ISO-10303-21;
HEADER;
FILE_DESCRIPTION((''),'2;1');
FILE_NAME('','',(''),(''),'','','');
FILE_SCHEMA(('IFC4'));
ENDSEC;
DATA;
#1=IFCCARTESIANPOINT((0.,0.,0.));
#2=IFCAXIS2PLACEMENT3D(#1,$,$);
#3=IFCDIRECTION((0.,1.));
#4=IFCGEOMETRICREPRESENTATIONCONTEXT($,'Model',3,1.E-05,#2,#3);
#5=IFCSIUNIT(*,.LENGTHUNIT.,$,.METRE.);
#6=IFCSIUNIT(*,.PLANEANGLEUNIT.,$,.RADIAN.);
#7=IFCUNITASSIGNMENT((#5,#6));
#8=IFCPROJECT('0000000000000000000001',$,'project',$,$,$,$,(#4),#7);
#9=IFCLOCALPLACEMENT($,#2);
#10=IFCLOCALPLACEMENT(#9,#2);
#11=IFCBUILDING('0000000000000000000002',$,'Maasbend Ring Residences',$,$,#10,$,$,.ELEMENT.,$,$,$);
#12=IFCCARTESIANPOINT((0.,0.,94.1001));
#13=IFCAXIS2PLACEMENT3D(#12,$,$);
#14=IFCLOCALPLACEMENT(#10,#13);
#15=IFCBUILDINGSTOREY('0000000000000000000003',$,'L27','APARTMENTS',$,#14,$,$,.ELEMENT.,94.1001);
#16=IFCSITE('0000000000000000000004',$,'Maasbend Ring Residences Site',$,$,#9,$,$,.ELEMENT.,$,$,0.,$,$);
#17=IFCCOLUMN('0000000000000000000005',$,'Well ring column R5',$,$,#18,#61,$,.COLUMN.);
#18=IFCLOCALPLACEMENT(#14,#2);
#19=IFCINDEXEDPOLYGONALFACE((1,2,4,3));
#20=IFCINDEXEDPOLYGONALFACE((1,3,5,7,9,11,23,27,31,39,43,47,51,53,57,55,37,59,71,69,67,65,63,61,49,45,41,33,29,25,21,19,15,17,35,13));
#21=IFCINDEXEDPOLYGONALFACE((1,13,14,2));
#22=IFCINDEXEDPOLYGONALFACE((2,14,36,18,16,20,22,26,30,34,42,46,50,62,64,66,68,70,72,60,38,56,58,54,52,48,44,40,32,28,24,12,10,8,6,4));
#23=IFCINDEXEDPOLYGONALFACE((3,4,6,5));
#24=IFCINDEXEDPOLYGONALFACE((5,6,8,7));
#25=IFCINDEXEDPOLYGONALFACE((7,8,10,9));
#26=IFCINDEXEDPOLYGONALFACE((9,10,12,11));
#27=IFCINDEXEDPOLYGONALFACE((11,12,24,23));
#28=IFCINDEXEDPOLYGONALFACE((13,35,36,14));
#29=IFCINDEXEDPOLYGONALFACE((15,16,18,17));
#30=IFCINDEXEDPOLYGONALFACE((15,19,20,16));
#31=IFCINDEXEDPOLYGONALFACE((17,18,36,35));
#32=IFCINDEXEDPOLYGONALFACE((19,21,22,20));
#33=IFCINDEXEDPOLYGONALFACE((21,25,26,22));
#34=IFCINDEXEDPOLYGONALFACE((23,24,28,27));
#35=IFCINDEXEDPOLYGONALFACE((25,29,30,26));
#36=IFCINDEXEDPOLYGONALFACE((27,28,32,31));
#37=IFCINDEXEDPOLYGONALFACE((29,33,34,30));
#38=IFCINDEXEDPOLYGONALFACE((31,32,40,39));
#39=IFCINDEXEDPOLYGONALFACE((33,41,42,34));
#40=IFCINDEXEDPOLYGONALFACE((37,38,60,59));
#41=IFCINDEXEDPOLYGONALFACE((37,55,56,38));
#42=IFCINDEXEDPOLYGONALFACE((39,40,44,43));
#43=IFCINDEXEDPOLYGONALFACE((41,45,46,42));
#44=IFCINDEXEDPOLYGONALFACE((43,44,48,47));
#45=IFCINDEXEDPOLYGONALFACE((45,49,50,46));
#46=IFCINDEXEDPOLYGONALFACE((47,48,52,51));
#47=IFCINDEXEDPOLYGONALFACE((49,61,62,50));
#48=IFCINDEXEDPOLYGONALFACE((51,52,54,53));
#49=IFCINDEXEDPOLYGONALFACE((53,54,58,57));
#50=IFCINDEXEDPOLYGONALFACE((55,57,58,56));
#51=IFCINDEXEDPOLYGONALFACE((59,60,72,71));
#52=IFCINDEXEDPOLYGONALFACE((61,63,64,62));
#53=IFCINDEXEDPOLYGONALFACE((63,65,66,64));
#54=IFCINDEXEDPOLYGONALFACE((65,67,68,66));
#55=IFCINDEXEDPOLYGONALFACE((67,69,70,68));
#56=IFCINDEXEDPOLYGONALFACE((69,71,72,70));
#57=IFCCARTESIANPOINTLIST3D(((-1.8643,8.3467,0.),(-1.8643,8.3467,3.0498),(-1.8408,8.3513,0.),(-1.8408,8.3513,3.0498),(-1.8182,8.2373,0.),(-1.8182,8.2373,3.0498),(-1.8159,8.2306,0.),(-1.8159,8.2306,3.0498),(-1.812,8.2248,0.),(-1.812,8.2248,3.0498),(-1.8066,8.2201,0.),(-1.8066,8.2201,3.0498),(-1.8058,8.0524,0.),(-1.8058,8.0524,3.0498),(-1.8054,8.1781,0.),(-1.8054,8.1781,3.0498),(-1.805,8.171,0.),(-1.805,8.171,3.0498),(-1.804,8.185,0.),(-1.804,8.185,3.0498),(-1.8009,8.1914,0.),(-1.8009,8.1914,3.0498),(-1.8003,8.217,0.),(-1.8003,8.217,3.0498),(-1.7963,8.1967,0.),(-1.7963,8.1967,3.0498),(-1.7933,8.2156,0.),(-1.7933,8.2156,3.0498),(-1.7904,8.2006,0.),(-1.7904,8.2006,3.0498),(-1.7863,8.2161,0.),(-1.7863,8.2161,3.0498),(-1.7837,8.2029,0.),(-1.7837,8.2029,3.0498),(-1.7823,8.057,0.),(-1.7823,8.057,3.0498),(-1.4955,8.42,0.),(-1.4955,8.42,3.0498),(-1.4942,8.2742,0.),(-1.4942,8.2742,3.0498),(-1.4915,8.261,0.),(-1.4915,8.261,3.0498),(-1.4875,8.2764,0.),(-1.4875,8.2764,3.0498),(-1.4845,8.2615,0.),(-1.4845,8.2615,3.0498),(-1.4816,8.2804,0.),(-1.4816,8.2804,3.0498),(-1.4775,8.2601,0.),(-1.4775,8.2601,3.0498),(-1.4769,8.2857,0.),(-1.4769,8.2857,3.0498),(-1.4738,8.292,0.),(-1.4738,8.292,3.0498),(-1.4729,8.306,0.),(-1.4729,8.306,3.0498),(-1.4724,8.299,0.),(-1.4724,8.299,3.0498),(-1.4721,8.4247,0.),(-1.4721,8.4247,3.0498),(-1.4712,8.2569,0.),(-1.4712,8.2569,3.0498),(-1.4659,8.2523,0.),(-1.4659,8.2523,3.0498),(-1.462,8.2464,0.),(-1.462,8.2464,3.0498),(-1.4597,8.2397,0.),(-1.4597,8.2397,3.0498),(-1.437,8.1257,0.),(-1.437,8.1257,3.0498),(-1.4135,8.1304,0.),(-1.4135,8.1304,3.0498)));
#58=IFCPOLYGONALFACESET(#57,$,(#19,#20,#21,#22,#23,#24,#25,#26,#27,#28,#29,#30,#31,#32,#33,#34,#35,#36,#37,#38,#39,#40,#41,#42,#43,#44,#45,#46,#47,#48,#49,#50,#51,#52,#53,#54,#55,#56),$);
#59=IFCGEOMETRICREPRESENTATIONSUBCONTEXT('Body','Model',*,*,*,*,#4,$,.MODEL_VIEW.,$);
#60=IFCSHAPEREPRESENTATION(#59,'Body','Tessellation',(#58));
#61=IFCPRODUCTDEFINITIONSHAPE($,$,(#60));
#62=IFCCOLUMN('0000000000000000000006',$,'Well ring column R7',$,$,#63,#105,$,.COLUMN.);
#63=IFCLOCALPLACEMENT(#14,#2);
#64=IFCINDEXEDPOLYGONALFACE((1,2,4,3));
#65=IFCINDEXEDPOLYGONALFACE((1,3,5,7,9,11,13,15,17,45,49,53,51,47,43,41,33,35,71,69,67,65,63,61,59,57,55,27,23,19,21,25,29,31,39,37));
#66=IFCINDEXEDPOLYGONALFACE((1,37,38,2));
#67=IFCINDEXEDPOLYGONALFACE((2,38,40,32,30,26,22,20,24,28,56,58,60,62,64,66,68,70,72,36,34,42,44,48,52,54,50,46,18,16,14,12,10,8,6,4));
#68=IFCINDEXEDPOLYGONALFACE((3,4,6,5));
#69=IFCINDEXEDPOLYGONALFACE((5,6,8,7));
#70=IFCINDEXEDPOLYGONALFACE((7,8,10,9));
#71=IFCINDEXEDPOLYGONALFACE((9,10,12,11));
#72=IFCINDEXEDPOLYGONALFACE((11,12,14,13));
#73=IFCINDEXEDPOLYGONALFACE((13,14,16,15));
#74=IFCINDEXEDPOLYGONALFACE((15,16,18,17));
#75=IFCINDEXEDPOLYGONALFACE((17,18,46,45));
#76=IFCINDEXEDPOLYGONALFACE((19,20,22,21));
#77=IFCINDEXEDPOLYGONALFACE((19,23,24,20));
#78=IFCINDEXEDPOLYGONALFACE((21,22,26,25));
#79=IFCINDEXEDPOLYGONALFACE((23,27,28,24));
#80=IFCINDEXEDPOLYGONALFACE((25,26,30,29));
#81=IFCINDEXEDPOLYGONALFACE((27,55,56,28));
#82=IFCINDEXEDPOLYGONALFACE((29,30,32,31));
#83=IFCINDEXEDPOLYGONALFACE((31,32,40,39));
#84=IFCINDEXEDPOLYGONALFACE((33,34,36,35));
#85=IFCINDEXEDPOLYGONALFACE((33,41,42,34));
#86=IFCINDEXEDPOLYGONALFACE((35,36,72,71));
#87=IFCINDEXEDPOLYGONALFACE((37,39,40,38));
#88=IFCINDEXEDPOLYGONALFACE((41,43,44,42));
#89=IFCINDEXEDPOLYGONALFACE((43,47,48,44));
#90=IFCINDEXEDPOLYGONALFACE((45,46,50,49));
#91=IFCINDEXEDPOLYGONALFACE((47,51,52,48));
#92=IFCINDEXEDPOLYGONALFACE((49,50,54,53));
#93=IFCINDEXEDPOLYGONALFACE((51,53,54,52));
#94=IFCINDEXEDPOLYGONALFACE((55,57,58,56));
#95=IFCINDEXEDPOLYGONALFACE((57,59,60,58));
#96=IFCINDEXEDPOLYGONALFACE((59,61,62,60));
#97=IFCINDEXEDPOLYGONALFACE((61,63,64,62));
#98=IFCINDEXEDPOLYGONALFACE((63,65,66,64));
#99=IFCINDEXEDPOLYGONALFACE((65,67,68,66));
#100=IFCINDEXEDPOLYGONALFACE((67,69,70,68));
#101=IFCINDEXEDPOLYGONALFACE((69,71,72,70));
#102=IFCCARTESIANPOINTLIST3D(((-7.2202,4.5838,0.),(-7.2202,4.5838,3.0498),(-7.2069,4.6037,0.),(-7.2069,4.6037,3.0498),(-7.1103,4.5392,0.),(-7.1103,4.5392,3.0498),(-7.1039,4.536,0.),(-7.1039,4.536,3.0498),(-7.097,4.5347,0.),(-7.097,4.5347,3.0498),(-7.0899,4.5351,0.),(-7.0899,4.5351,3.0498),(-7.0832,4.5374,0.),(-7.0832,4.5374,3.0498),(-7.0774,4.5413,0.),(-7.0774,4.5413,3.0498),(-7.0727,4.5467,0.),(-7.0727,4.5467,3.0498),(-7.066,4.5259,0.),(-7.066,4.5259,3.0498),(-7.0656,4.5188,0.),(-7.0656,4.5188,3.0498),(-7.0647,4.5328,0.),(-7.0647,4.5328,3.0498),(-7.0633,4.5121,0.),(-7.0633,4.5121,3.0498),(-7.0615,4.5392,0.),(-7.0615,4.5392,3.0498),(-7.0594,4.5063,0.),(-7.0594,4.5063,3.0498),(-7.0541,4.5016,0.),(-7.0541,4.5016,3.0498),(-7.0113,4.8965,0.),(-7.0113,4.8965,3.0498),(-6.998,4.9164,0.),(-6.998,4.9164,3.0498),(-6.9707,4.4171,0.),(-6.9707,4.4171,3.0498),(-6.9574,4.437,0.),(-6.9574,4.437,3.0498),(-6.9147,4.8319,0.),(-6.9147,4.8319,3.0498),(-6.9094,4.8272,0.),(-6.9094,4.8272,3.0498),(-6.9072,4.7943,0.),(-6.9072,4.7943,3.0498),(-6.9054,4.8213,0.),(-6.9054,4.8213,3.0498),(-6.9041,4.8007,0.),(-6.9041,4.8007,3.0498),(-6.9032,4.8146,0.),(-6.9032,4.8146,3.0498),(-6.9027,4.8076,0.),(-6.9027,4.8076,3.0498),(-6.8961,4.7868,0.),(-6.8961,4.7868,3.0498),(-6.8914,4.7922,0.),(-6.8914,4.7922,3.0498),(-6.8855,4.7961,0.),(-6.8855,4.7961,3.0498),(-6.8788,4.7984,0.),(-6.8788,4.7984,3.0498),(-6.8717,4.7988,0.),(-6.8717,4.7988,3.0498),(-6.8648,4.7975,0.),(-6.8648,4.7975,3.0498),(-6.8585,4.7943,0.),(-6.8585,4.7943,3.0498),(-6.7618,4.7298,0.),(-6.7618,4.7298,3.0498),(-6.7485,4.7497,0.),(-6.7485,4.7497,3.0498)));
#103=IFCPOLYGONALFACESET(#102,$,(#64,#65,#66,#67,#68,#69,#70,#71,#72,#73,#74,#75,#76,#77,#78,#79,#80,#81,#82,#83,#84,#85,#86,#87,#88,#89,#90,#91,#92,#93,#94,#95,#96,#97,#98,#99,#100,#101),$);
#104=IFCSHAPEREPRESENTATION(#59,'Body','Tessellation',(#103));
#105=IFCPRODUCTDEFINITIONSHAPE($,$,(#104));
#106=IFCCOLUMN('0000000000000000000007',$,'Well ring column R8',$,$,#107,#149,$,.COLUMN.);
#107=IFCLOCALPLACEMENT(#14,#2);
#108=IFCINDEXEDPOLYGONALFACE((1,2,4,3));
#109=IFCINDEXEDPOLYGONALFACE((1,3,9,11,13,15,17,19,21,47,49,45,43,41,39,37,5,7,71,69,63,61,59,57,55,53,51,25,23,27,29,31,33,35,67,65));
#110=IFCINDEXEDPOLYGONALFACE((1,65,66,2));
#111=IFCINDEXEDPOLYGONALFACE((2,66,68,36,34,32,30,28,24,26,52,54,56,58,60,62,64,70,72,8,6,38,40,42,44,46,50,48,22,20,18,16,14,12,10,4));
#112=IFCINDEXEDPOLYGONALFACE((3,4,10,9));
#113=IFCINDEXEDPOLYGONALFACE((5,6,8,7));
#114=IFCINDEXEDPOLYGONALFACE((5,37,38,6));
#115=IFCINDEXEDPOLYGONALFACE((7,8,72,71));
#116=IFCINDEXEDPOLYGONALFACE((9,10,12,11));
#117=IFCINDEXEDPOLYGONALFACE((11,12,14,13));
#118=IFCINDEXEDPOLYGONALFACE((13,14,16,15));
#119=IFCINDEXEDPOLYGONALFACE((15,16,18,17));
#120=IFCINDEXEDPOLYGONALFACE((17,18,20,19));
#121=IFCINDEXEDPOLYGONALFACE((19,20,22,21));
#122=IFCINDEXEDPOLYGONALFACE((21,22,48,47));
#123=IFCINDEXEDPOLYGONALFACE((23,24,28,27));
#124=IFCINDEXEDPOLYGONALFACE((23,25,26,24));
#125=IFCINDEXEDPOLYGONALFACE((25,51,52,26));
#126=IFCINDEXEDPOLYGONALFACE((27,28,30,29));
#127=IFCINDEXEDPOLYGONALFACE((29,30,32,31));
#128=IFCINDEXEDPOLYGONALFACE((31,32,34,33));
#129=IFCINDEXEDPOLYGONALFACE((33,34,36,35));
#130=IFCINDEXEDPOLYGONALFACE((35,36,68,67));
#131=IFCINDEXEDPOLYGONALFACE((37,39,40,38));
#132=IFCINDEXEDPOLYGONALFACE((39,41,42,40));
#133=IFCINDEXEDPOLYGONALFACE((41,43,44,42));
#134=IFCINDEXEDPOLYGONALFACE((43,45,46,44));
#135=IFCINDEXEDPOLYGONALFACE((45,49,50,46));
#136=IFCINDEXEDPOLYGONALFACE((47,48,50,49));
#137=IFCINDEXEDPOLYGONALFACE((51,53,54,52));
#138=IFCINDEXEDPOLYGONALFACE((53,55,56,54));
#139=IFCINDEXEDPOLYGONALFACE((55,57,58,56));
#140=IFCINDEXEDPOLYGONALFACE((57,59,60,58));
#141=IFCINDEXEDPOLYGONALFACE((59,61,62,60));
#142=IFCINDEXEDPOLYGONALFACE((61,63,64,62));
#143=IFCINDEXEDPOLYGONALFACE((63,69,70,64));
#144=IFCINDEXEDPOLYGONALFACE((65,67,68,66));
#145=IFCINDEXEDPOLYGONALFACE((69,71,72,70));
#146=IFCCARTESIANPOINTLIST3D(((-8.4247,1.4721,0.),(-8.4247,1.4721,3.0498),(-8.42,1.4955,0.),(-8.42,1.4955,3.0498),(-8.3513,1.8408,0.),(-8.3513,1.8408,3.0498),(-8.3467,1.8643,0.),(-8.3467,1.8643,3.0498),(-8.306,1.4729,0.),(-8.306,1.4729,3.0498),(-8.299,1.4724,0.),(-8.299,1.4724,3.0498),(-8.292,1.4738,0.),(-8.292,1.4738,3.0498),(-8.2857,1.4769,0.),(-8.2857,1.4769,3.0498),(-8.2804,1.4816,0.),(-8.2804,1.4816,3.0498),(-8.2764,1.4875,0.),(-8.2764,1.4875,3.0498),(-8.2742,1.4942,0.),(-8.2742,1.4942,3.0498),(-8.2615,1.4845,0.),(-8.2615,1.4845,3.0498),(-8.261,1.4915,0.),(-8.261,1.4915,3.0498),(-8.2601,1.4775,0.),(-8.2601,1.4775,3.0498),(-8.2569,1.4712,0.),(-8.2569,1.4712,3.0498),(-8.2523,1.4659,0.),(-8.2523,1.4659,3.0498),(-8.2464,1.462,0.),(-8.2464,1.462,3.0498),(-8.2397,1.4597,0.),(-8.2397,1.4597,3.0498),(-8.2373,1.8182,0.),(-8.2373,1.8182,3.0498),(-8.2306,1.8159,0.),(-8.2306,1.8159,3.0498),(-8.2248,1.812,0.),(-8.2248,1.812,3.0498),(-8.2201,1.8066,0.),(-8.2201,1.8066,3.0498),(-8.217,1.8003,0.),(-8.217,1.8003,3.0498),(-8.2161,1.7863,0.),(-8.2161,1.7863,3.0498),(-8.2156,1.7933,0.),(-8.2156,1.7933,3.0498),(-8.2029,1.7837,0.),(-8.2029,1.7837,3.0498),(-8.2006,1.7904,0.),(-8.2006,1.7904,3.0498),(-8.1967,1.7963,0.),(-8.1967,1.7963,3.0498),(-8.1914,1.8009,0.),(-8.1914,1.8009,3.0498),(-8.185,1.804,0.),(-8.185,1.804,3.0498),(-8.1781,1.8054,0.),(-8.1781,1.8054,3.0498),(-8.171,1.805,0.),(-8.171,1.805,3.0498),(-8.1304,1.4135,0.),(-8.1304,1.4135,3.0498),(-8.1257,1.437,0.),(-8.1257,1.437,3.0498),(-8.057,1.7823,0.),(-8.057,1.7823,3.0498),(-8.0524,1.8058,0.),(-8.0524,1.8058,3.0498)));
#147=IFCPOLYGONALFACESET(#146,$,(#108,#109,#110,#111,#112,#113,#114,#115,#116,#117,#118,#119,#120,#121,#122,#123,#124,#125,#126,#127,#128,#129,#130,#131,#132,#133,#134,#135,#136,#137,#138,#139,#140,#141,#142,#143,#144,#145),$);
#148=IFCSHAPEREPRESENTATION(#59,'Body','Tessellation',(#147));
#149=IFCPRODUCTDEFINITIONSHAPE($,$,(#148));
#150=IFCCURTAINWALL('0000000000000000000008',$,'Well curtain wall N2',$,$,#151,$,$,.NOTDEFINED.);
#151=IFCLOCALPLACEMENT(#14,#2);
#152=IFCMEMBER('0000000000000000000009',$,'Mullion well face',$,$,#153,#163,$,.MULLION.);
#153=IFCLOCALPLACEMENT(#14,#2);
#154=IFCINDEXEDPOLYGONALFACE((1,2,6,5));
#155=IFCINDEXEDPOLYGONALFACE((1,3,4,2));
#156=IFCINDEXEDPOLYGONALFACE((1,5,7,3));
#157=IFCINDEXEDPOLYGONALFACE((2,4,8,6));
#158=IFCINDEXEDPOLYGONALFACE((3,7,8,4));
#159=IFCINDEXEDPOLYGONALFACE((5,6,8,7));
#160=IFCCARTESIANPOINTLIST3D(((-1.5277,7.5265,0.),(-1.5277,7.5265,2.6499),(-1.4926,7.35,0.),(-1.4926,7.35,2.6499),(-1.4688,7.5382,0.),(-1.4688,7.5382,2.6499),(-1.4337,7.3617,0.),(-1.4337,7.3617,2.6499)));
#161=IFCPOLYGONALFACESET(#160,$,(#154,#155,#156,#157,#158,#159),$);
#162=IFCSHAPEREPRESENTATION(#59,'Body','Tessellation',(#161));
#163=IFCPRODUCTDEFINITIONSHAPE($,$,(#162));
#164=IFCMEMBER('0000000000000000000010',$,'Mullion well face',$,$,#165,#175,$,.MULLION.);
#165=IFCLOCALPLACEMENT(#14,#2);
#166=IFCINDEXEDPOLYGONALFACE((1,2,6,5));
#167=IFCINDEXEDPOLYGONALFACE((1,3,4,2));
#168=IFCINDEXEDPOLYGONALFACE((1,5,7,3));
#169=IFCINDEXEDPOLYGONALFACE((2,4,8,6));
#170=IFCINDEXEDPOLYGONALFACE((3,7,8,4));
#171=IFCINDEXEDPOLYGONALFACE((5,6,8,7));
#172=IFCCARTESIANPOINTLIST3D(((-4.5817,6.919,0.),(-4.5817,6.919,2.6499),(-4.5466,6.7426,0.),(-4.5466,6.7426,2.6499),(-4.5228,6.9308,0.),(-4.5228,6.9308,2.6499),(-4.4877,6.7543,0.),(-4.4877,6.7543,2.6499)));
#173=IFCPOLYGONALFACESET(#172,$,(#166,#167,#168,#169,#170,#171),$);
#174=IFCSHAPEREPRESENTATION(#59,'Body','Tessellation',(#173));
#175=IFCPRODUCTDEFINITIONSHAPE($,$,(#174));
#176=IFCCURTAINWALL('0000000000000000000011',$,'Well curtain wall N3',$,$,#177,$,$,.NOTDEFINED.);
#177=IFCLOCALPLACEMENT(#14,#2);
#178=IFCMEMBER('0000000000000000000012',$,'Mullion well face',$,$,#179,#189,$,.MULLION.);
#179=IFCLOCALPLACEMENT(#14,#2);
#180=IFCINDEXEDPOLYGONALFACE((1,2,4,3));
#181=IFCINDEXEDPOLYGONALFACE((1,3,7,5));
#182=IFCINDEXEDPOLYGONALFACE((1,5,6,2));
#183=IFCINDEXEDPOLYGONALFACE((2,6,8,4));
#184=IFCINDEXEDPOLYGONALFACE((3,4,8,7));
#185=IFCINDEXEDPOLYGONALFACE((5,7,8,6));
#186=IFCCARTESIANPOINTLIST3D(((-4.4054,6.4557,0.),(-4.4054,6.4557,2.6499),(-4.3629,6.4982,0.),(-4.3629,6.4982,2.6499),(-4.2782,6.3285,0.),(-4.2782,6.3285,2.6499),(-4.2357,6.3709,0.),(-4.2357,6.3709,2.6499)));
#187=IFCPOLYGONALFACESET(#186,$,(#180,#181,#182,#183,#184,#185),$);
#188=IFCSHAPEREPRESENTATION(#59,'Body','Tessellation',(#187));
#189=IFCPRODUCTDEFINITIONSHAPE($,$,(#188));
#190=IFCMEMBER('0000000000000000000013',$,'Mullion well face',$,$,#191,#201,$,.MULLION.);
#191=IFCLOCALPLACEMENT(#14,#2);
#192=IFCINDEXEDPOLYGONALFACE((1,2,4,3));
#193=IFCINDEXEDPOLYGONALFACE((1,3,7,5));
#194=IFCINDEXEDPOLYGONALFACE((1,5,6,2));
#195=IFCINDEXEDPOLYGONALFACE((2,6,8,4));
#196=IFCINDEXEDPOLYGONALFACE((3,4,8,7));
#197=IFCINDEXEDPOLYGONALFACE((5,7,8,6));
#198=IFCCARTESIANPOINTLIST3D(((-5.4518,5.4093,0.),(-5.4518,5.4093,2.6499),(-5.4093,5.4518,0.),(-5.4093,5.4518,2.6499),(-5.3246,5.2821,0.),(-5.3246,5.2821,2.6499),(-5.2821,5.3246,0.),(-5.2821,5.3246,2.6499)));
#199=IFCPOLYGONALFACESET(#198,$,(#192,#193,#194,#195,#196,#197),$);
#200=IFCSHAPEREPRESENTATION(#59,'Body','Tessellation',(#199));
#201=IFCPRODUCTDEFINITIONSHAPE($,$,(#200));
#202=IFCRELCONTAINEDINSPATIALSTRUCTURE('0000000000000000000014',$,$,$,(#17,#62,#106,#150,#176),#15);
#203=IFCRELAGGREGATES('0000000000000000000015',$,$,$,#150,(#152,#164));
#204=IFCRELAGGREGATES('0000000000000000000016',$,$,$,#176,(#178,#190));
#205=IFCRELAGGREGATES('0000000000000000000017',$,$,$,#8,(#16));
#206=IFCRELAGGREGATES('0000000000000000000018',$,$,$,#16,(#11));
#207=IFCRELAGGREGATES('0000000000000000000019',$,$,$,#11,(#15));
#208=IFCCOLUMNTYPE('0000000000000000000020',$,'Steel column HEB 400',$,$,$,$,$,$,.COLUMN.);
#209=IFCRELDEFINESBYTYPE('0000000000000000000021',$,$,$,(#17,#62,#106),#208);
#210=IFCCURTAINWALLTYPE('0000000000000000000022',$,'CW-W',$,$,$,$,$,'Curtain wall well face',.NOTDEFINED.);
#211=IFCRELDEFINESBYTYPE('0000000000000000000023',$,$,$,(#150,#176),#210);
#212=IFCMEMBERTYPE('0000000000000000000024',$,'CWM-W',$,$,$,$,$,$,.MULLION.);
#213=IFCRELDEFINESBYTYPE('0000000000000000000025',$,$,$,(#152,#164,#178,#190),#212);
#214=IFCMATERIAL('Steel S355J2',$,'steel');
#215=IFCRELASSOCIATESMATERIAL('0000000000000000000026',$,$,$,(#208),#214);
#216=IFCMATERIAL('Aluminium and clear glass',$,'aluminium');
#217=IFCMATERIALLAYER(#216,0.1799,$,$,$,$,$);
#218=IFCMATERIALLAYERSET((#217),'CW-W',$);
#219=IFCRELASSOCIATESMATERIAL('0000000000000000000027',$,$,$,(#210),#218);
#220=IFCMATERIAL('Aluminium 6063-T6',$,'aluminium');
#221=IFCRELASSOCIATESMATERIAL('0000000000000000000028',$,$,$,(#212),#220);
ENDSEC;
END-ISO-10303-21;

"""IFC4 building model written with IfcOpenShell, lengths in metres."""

from ifc_helpers import new_model, si_unit, direction, frame, origin, origin_2d, place, context, subcontext, project, spatial, rectangle, i_section, extrude, material, layer, layer_set, material_profile, profile_set, type_object, element, aggregate, save


model = new_model("IFC4")

# Units and contexts
model_context = context("Model", 3, precision=1e-05, world=origin(), true_north=direction((0.0, 1.0)))
body_context = subcontext(model_context, "Body", "Model", "MODEL_VIEW")
ifc_project = project(units=[si_unit("LENGTHUNIT", "METRE"), si_unit("PLANEANGLEUNIT", "RADIAN")], contexts=[model_context])

# Site, building, storey
site_placement = place(None, origin())
site = spatial("IfcSite", under=ifc_project, at=site_placement, Name="Maasbend Ring Residences Site", CompositionType="ELEMENT", RefElevation=0.0)
building_placement = place(site_placement, origin())
building = spatial("IfcBuilding", under=site, at=building_placement, Name="Maasbend Ring Residences", CompositionType="ELEMENT")
storey_placement = place(building_placement, frame((0.0, 0.0, 94.1001)))
storey = spatial("IfcBuildingStorey", under=building, at=storey_placement, Name="L27", Description="APARTMENTS", CompositionType="ELEMENT", Elevation=94.1001)

# Columns
ifc_material_1 = material(Name="Steel S355J2", Category="steel")
ifc_material_profile_1 = material_profile(ifc_material_1, i_section(OverallWidth=0.3, OverallDepth=0.3999, WebThickness=0.0134, FlangeThickness=0.0239, FilletRadius=0.0271, at=origin_2d()), Name="HEB 400")
ifc_profile_set_1 = profile_set([ifc_material_profile_1], Name="Steel S355J2")
column_type = type_object("IfcColumnType", Name="Steel column HEB 400", PredefinedType="COLUMN", material=ifc_profile_set_1)
for number, where, z_axis, x_axis, name in (
    (1, (-1.6389, 8.2385, 0.0), (0.0, 0.0, 1.0), (-0.19509, 0.980785, 0.0), "Well ring column R5"),
    (2, (-6.9844, 4.6667, 0.0), (0.0, 0.0, 1.0), (-0.83147, 0.55557, 0.0), "Well ring column R7"),
    (3, (-8.2385, 1.6389, 0.0), (0.0, 0.0, 1.0), (-0.980785, 0.19509, 0.0), "Well ring column R8"),
):
    element("IfcColumn", number, at=place(storey_placement, frame(where, z_axis=z_axis, x_axis=x_axis)), inside=storey, type_object=column_type, Name=name, PredefinedType="COLUMN", context=body_context, shape_type="SweptSolid", body=[
        extrude(i_section(OverallWidth=0.3, OverallDepth=0.3999, WebThickness=0.0134, FlangeThickness=0.0239, FilletRadius=0.0271, at=origin_2d()), origin(), (0.0, 0.0, 1.0), 3.0498),
    ])

# Curtain walls, members
ifc_material_2 = material(Name="Aluminium and clear glass", Category="aluminium")
ifc_layer_1 = layer(ifc_material_2, 0.1799)
ifc_layer_set_1 = layer_set([ifc_layer_1], Name="CW-W")
curtain_wall_type = type_object("IfcCurtainWallType", Name="CW-W", ElementType="Curtain wall well face", PredefinedType="NOTDEFINED", material=ifc_layer_set_1)
curtain_wall_1_placement = place(storey_placement, origin())
curtain_wall_1 = element("IfcCurtainWall", 4, at=curtain_wall_1_placement, inside=storey, type_object=curtain_wall_type, Name="Well curtain wall N2", PredefinedType="NOTDEFINED")
ifc_material_3 = material(Name="Aluminium 6063-T6", Category="aluminium")
ifc_material_profile_2 = material_profile(ifc_material_3, rectangle(XDim=0.1799, YDim=0.0601, at=origin_2d()), Name="AL 180x60")
ifc_profile_set_2 = profile_set([ifc_material_profile_2], Name="Aluminium 6063-T6")
member_type_1 = type_object("IfcMemberType", Name="CWM-W", PredefinedType="MULLION", material=ifc_profile_set_2)
member_1_placement = place(storey_placement, frame((-1.4807, 7.4441, 0.0), z_axis=(0.0, 0.0, 1.0), x_axis=(0.19509, -0.980785, 0.0)))
member_1 = element("IfcMember", 5, at=member_1_placement, type_object=member_type_1, Name="Mullion well face", PredefinedType="MULLION", context=body_context, shape_type="SweptSolid", body=[
    extrude(rectangle(XDim=0.1799, YDim=0.0601, at=origin_2d()), origin(), (0.0, 0.0, 1.0), 2.6499),
])
member_2_placement = place(storey_placement, frame((-4.5347, 6.8367, 0.0), z_axis=(0.0, 0.0, 1.0), x_axis=(0.19509, -0.980785, 0.0)))
member_2 = element("IfcMember", 6, at=member_2_placement, type_object=member_type_1, Name="Mullion well face", PredefinedType="MULLION", context=body_context, shape_type="SweptSolid", body=[
    extrude(rectangle(XDim=0.1799, YDim=0.0601, at=origin_2d()), origin(), (0.0, 0.0, 1.0), 2.6499),
])
curtain_wall_2_placement = place(storey_placement, origin())
curtain_wall_2 = element("IfcCurtainWall", 7, at=curtain_wall_2_placement, inside=storey, type_object=curtain_wall_type, Name="Well curtain wall N3", PredefinedType="NOTDEFINED")
member_3_placement = place(storey_placement, frame((-4.3206, 6.4133, 0.0), z_axis=(0.0, 0.0, 1.0), x_axis=(0.707107, -0.707107, 0.0)))
member_3 = element("IfcMember", 8, at=member_3_placement, type_object=member_type_1, Name="Mullion well face", PredefinedType="MULLION", context=body_context, shape_type="SweptSolid", body=[
    extrude(rectangle(XDim=0.1799, YDim=0.0601, at=origin_2d()), origin(), (0.0, 0.0, 1.0), 2.6499),
])
member_4_placement = place(storey_placement, frame((-5.3669, 5.3669, 0.0), z_axis=(0.0, 0.0, 1.0), x_axis=(0.707107, -0.707107, 0.0)))
member_4 = element("IfcMember", 9, at=member_4_placement, type_object=member_type_1, Name="Mullion well face", PredefinedType="MULLION", context=body_context, shape_type="SweptSolid", body=[
    extrude(rectangle(XDim=0.1799, YDim=0.0601, at=origin_2d()), origin(), (0.0, 0.0, 1.0), 2.6499),
])

aggregate(curtain_wall_1, [member_1, member_2])
aggregate(curtain_wall_2, [member_3, member_4])

save(model, "model.ifc")
